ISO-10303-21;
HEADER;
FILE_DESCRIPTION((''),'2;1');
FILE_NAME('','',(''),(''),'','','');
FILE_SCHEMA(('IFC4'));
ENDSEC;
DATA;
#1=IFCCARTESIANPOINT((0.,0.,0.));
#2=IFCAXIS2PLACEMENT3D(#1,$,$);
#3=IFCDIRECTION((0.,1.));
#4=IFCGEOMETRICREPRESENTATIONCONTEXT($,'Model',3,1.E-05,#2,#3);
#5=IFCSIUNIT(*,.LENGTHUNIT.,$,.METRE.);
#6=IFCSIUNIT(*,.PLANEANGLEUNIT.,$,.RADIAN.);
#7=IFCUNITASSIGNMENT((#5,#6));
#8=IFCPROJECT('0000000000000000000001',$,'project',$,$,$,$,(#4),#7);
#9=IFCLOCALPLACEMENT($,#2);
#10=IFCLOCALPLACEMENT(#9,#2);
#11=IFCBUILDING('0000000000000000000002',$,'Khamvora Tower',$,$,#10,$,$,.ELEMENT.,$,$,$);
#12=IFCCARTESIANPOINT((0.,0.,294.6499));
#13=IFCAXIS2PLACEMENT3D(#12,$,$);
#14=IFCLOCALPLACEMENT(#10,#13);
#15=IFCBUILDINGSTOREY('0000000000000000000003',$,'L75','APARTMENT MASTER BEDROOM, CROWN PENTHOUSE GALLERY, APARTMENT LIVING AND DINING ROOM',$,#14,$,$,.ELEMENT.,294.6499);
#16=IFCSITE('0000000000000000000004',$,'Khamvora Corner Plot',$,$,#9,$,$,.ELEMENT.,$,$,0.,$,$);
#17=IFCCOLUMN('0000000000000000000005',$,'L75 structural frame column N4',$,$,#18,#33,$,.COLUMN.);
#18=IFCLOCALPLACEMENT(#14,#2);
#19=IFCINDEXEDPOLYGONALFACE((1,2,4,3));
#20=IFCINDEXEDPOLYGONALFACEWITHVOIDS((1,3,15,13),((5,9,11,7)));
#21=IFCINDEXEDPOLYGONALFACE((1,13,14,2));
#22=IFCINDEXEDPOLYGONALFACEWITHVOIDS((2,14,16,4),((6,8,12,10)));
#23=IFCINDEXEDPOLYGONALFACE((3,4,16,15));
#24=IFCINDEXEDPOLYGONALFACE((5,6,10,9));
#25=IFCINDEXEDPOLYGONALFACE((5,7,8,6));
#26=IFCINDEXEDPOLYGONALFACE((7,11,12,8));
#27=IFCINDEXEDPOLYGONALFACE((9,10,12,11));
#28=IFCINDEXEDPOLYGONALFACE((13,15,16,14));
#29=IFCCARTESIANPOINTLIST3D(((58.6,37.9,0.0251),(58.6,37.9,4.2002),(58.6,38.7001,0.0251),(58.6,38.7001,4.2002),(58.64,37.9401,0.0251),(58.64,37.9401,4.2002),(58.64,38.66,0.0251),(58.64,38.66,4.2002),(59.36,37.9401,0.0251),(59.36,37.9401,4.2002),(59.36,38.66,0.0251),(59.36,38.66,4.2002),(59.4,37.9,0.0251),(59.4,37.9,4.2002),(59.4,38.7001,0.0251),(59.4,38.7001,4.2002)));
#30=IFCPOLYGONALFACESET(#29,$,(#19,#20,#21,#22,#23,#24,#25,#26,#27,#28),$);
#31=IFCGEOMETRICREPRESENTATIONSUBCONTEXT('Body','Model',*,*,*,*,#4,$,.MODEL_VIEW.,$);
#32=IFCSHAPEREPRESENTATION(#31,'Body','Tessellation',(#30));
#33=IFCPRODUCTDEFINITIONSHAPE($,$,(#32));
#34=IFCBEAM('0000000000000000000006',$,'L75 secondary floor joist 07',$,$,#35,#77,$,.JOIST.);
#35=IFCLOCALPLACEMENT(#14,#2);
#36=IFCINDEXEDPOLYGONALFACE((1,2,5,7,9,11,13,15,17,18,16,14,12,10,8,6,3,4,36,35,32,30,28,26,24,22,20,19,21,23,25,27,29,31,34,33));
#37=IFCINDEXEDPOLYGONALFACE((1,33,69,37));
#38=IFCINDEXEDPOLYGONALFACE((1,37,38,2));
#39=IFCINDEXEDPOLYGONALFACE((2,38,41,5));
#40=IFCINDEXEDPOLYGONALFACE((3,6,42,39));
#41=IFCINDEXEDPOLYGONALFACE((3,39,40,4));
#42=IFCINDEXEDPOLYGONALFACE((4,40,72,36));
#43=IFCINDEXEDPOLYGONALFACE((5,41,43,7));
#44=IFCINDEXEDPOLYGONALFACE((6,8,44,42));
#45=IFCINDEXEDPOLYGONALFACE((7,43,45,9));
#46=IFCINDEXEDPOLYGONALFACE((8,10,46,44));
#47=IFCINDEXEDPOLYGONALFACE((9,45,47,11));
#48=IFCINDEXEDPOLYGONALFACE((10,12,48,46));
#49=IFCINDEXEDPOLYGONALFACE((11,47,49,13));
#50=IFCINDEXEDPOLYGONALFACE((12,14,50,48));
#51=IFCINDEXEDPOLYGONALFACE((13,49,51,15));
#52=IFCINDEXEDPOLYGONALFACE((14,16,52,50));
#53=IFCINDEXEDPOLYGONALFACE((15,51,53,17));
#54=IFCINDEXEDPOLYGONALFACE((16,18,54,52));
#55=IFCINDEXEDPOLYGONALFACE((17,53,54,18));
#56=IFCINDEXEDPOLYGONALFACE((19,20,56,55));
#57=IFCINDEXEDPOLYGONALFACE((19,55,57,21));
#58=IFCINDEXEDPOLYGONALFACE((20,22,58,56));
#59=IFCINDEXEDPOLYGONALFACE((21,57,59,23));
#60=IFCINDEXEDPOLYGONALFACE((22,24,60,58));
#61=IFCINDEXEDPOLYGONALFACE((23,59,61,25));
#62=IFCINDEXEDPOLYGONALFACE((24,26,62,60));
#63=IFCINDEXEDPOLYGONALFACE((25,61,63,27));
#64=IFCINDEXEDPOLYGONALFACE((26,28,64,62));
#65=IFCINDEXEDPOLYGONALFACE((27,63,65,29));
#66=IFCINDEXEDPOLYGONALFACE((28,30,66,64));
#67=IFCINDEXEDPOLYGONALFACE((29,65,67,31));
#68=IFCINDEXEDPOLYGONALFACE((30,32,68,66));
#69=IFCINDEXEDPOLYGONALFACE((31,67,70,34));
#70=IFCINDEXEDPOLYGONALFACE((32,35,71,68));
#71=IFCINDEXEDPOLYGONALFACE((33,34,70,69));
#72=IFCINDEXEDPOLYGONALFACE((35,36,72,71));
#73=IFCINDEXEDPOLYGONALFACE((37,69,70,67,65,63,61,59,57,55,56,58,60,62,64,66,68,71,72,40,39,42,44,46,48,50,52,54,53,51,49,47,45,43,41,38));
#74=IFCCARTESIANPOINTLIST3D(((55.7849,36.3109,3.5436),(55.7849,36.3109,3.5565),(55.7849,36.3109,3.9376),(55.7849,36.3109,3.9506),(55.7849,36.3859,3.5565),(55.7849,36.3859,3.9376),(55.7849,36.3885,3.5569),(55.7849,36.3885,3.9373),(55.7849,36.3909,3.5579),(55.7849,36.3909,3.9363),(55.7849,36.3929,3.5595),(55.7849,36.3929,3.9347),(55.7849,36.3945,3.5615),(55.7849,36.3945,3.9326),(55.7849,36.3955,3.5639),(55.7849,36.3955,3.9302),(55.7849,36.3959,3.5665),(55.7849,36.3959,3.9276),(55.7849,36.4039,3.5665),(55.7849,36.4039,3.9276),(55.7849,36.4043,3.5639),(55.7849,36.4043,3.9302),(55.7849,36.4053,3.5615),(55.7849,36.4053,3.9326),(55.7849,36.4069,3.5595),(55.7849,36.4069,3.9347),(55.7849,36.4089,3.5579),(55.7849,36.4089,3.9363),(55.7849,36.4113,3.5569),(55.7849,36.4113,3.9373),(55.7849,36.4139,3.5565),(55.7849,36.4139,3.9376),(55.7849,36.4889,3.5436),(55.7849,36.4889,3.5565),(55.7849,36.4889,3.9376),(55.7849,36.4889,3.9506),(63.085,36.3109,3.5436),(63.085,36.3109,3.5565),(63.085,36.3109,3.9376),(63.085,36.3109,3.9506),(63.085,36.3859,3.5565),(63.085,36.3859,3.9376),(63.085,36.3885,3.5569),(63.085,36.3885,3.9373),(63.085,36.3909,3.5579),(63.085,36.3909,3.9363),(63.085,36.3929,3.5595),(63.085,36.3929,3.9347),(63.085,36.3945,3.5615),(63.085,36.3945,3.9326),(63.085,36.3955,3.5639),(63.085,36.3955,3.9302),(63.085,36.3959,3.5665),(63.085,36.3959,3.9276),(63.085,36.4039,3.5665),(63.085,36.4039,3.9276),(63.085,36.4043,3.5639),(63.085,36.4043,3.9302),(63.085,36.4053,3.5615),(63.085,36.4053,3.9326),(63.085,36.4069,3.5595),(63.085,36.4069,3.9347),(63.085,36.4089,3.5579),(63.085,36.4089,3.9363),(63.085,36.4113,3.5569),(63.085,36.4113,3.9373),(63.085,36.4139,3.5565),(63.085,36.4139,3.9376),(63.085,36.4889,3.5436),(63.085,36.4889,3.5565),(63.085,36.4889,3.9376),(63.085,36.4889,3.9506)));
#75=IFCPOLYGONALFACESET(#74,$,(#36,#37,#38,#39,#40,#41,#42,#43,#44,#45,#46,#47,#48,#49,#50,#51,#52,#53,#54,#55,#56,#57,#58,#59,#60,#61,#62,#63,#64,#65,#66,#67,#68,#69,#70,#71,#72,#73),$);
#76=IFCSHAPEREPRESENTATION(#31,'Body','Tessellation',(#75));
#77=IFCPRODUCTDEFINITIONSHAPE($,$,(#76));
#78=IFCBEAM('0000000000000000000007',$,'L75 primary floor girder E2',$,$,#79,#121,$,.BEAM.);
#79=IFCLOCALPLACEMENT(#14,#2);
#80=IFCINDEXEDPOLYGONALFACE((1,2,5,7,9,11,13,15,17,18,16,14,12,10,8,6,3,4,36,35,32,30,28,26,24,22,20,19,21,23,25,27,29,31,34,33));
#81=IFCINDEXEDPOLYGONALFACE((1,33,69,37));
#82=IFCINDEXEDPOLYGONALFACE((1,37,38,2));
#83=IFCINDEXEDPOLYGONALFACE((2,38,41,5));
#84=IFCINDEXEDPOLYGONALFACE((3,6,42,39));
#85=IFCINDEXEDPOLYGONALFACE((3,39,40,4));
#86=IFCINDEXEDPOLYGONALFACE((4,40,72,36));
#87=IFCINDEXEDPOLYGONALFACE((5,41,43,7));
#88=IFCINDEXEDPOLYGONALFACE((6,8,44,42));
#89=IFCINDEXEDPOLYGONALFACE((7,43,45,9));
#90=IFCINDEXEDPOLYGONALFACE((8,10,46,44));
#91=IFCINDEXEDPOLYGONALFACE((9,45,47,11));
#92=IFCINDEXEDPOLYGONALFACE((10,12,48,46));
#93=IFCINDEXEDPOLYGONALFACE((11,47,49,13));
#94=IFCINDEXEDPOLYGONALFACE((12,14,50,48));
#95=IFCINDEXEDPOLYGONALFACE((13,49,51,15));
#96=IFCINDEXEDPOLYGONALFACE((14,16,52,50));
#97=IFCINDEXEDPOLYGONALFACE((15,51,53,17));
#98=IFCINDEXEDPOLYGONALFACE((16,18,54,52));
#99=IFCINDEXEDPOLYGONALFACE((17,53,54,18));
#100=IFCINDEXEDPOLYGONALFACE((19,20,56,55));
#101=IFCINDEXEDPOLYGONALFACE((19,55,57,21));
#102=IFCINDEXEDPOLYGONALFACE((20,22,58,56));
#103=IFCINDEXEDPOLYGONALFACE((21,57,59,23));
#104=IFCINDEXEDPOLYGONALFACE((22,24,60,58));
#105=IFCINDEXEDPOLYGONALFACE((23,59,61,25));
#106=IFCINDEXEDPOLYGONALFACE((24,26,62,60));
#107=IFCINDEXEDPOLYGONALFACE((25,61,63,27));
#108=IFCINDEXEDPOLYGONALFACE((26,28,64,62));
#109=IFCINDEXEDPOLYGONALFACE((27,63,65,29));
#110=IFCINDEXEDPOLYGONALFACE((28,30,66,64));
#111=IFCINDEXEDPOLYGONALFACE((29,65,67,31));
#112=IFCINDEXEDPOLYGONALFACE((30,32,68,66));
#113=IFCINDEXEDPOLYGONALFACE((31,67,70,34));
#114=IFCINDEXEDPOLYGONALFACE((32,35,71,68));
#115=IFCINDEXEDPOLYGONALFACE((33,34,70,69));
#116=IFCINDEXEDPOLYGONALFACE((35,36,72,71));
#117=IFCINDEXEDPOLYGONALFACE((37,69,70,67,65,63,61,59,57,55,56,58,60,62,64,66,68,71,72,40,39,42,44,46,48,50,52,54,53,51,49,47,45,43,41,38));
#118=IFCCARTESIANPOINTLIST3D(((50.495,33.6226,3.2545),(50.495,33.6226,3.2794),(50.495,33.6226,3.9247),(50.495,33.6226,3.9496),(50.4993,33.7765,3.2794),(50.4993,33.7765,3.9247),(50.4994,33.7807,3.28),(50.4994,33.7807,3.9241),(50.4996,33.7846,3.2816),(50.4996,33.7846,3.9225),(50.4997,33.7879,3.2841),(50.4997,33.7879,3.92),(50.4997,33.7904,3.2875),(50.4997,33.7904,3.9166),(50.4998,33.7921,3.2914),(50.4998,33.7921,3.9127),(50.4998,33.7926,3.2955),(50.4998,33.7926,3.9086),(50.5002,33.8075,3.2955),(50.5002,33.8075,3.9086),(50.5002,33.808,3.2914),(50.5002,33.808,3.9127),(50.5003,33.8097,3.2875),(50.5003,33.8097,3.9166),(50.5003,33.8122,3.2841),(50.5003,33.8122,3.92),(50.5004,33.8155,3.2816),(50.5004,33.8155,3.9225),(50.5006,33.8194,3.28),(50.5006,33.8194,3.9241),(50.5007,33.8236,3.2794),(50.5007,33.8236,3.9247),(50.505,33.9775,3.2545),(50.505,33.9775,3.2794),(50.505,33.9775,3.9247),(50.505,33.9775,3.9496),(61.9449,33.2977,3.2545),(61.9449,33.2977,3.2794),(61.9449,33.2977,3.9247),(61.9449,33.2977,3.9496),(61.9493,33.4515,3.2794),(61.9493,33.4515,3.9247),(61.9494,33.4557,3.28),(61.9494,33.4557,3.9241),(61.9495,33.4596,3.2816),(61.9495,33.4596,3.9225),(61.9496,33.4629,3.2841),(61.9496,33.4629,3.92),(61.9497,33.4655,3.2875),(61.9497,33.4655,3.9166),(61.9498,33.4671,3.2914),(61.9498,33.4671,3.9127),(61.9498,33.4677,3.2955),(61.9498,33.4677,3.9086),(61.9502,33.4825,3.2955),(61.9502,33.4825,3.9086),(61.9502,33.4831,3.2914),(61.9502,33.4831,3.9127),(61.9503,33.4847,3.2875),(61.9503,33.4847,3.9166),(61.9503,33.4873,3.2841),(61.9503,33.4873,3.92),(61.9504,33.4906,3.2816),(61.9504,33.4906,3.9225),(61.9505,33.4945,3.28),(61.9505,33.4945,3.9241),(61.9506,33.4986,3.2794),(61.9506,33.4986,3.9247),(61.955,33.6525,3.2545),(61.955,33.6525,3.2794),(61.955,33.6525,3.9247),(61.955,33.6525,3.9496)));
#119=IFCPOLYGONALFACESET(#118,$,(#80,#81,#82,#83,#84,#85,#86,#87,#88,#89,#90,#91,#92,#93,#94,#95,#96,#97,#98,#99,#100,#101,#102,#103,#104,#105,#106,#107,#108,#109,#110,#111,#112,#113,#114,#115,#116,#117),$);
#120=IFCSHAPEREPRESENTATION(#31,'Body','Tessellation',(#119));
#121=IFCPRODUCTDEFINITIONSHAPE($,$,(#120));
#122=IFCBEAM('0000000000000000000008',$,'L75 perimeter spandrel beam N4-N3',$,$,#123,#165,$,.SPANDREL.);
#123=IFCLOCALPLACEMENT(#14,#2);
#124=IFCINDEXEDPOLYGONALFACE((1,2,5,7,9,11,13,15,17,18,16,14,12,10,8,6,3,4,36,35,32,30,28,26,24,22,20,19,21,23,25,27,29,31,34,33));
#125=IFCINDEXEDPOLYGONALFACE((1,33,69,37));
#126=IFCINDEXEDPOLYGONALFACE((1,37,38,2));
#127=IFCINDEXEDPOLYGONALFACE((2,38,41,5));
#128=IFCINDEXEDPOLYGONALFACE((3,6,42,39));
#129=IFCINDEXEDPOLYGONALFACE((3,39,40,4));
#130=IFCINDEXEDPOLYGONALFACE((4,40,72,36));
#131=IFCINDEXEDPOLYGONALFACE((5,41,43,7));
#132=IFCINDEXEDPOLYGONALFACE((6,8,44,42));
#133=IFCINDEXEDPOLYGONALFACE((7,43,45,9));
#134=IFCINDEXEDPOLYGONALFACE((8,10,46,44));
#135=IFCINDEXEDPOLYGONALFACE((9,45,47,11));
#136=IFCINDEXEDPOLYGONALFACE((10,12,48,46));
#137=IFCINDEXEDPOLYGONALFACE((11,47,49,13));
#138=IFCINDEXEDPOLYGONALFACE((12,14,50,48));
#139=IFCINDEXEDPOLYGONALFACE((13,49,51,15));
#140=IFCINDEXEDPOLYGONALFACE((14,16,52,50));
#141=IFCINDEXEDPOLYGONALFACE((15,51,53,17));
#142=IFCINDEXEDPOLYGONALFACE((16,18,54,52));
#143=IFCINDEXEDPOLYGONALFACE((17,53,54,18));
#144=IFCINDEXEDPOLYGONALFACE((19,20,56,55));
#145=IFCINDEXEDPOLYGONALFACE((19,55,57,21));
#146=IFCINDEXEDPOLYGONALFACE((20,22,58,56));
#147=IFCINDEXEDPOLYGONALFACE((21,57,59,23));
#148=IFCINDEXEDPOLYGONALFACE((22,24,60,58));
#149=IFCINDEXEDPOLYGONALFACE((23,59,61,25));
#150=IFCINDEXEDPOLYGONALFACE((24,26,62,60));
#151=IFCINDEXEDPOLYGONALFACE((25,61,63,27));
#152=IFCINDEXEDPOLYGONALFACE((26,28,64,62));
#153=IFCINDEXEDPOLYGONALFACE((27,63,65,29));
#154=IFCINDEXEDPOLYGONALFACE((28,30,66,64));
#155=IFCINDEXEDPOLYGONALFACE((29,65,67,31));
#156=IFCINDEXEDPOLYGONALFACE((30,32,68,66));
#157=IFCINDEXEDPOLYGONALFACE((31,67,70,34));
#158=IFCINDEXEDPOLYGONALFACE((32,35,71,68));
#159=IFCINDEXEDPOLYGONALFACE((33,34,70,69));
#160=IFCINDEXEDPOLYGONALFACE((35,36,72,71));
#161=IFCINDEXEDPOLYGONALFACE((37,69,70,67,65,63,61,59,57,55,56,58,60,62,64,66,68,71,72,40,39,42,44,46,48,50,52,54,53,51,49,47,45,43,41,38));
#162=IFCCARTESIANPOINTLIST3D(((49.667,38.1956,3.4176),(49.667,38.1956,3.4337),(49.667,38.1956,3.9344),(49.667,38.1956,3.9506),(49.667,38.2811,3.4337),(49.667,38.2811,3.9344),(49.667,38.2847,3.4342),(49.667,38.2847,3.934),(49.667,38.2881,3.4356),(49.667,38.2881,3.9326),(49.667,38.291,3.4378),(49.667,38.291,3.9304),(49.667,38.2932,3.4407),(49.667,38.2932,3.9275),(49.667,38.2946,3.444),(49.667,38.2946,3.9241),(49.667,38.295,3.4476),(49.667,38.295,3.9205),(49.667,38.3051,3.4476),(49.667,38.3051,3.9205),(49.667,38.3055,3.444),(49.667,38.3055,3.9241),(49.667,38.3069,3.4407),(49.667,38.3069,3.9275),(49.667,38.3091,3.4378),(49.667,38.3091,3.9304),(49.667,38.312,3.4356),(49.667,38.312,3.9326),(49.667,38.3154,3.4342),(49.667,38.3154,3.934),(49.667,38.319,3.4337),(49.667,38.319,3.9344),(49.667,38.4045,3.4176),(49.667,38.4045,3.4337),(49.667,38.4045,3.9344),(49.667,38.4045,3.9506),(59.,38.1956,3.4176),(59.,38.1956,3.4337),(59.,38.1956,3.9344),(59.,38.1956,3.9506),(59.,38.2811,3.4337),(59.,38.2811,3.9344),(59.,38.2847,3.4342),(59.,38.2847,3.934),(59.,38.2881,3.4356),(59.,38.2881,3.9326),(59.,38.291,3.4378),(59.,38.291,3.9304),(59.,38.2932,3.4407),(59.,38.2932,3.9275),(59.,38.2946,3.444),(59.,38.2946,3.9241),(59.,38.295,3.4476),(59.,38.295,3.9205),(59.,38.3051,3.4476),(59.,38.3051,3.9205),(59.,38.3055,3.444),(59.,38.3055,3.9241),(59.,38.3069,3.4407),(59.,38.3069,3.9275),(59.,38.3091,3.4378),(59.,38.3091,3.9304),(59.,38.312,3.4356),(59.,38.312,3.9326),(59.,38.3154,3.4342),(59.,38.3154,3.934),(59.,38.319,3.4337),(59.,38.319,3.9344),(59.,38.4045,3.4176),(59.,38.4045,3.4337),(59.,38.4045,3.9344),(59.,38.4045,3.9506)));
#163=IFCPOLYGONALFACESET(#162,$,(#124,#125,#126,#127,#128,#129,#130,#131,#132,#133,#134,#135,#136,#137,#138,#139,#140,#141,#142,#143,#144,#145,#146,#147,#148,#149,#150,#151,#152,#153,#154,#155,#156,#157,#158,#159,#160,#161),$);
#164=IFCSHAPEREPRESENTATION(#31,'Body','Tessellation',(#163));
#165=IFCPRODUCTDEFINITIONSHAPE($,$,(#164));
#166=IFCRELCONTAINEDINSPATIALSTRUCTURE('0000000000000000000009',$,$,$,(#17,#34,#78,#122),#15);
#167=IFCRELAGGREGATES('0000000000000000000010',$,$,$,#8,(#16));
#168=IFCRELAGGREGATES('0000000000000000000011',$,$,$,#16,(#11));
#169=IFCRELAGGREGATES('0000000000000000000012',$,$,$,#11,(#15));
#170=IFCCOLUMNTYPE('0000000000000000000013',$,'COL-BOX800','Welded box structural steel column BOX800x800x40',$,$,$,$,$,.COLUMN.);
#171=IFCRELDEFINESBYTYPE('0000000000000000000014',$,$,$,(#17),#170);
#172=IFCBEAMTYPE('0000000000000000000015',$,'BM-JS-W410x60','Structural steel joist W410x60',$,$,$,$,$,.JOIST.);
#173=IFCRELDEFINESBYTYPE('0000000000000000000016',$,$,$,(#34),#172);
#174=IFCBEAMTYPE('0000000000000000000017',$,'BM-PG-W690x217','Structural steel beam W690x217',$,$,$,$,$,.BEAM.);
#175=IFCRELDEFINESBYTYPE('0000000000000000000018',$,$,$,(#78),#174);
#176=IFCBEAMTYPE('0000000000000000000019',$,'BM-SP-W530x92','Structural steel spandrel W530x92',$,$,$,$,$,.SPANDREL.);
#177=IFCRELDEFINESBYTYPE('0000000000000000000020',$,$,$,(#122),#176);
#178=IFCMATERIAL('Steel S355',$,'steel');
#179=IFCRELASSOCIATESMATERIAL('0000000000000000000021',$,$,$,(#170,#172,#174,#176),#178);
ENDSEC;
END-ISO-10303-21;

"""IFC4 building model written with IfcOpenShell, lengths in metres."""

from ifc_helpers import new_model, si_unit, direction, frame, origin, origin_2d, place, context, subcontext, project, spatial, hollow_rectangle, i_section, extrude, material, material_profile, profile_set, type_object, element, save


model = new_model("IFC4")

# Units and contexts
model_context = context("Model", 3, precision=1e-05, world=origin(), true_north=direction((0.0, 1.0)))
body_context = subcontext(model_context, "Body", "Model", "MODEL_VIEW")
ifc_project = project(units=[si_unit("LENGTHUNIT", "METRE"), si_unit("PLANEANGLEUNIT", "RADIAN")], contexts=[model_context])

# Site, building, storey
site_placement = place(None, origin())
site = spatial("IfcSite", under=ifc_project, at=site_placement, Name="Khamvora Corner Plot", CompositionType="ELEMENT", RefElevation=0.0)
building_placement = place(site_placement, origin())
building = spatial("IfcBuilding", under=site, at=building_placement, Name="Khamvora Tower", CompositionType="ELEMENT")
storey_placement = place(building_placement, frame((0.0, 0.0, 294.6499)))
storey = spatial("IfcBuildingStorey", under=building, at=storey_placement, Name="L75", Description="APARTMENT MASTER BEDROOM, CROWN PENTHOUSE GALLERY, APARTMENT LIVING AND DINING ROOM", CompositionType="ELEMENT", Elevation=294.6499)

# Column
ifc_material_1 = material(Name="Steel S355", Category="steel")
ifc_material_profile_1 = material_profile(ifc_material_1, hollow_rectangle(XDim=0.8, YDim=0.8, WallThickness=0.04, at=origin_2d()), Name="BOX800x800x40")
ifc_profile_set_1 = profile_set([ifc_material_profile_1], Name="Steel S355")
column_type = type_object("IfcColumnType", Name="COL-BOX800", Description="Welded box structural steel column BOX800x800x40", PredefinedType="COLUMN", material=ifc_profile_set_1)
column_placement = place(storey_placement, frame((59.0, 38.3, 0.0251), z_axis=(0.0, 0.0, 1.0), x_axis=(1.0, 0.0, 0.0)))
element("IfcColumn", 1, at=column_placement, inside=storey, type_object=column_type, Name="L75 structural frame column N4", PredefinedType="COLUMN", context=body_context, shape_type="SweptSolid", body=[
    extrude(hollow_rectangle(XDim=0.8, YDim=0.8, WallThickness=0.04, at=origin_2d()), origin(), (0.0, 0.0, 1.0), 4.175),
])

# Beams
ifc_material_profile_2 = material_profile(ifc_material_1, i_section(OverallWidth=0.178, OverallDepth=0.407, WebThickness=0.0081, FlangeThickness=0.0129, FilletRadius=0.01, at=origin_2d()), Name="W410x60")
ifc_profile_set_2 = profile_set([ifc_material_profile_2], Name="Steel S355")
beam_type_1 = type_object("IfcBeamType", Name="BM-JS-W410x60", Description="Structural steel joist W410x60", PredefinedType="JOIST", material=ifc_profile_set_2)
beam_1_placement = place(storey_placement, frame((55.7849, 36.3999, 3.7471), z_axis=(1.0, 0.0, 0.0), x_axis=(0.0, 1.0, 0.0)))
element("IfcBeam", 2, at=beam_1_placement, inside=storey, type_object=beam_type_1, Name="L75 secondary floor joist 07", PredefinedType="JOIST", context=body_context, shape_type="SweptSolid", body=[
    extrude(i_section(OverallWidth=0.178, OverallDepth=0.407, WebThickness=0.0081, FlangeThickness=0.0129, FilletRadius=0.01, at=origin_2d()), origin(), (0.0, 0.0, 1.0), 7.3),
])
ifc_material_profile_3 = material_profile(ifc_material_1, i_section(OverallWidth=0.355, OverallDepth=0.6951, WebThickness=0.0149, FlangeThickness=0.0249, FilletRadius=0.0161, at=origin_2d()), Name="W690x217")
ifc_profile_set_3 = profile_set([ifc_material_profile_3], Name="Steel S355")
beam_type_2 = type_object("IfcBeamType", Name="BM-PG-W690x217", Description="Structural steel beam W690x217", PredefinedType="BEAM", material=ifc_profile_set_3)
beam_2_placement = place(storey_placement, frame((50.5, 33.8, 3.6021), z_axis=(0.999598, -0.028369, 0.0), x_axis=(0.028369, 0.999598, 0.0)))
element("IfcBeam", 3, at=beam_2_placement, inside=storey, type_object=beam_type_2, Name="L75 primary floor girder E2", PredefinedType="BEAM", context=body_context, shape_type="SweptSolid", body=[
    extrude(i_section(OverallWidth=0.355, OverallDepth=0.6951, WebThickness=0.0149, FlangeThickness=0.0249, FilletRadius=0.0161, at=origin_2d()), origin(), (0.0, 0.0, 1.0), 11.4546),
])
ifc_material_profile_4 = material_profile(ifc_material_1, i_section(OverallWidth=0.209, OverallDepth=0.533, WebThickness=0.01, FlangeThickness=0.0161, FilletRadius=0.0139, at=origin_2d()), Name="W530x92")
ifc_profile_set_4 = profile_set([ifc_material_profile_4], Name="Steel S355")
beam_type_3 = type_object("IfcBeamType", Name="BM-SP-W530x92", Description="Structural steel spandrel W530x92", PredefinedType="SPANDREL", material=ifc_profile_set_4)
beam_3_placement = place(storey_placement, frame((59.0, 38.3, 3.6841), z_axis=(-1.0, 0.0, 0.0), x_axis=(0.0, -1.0, 0.0)))
element("IfcBeam", 4, at=beam_3_placement, inside=storey, type_object=beam_type_3, Name="L75 perimeter spandrel beam N4-N3", PredefinedType="SPANDREL", context=body_context, shape_type="SweptSolid", body=[
    extrude(i_section(OverallWidth=0.209, OverallDepth=0.533, WebThickness=0.01, FlangeThickness=0.0161, FilletRadius=0.0139, at=origin_2d()), origin(), (0.0, 0.0, 1.0), 9.333),
])

save(model, "model.ifc")
